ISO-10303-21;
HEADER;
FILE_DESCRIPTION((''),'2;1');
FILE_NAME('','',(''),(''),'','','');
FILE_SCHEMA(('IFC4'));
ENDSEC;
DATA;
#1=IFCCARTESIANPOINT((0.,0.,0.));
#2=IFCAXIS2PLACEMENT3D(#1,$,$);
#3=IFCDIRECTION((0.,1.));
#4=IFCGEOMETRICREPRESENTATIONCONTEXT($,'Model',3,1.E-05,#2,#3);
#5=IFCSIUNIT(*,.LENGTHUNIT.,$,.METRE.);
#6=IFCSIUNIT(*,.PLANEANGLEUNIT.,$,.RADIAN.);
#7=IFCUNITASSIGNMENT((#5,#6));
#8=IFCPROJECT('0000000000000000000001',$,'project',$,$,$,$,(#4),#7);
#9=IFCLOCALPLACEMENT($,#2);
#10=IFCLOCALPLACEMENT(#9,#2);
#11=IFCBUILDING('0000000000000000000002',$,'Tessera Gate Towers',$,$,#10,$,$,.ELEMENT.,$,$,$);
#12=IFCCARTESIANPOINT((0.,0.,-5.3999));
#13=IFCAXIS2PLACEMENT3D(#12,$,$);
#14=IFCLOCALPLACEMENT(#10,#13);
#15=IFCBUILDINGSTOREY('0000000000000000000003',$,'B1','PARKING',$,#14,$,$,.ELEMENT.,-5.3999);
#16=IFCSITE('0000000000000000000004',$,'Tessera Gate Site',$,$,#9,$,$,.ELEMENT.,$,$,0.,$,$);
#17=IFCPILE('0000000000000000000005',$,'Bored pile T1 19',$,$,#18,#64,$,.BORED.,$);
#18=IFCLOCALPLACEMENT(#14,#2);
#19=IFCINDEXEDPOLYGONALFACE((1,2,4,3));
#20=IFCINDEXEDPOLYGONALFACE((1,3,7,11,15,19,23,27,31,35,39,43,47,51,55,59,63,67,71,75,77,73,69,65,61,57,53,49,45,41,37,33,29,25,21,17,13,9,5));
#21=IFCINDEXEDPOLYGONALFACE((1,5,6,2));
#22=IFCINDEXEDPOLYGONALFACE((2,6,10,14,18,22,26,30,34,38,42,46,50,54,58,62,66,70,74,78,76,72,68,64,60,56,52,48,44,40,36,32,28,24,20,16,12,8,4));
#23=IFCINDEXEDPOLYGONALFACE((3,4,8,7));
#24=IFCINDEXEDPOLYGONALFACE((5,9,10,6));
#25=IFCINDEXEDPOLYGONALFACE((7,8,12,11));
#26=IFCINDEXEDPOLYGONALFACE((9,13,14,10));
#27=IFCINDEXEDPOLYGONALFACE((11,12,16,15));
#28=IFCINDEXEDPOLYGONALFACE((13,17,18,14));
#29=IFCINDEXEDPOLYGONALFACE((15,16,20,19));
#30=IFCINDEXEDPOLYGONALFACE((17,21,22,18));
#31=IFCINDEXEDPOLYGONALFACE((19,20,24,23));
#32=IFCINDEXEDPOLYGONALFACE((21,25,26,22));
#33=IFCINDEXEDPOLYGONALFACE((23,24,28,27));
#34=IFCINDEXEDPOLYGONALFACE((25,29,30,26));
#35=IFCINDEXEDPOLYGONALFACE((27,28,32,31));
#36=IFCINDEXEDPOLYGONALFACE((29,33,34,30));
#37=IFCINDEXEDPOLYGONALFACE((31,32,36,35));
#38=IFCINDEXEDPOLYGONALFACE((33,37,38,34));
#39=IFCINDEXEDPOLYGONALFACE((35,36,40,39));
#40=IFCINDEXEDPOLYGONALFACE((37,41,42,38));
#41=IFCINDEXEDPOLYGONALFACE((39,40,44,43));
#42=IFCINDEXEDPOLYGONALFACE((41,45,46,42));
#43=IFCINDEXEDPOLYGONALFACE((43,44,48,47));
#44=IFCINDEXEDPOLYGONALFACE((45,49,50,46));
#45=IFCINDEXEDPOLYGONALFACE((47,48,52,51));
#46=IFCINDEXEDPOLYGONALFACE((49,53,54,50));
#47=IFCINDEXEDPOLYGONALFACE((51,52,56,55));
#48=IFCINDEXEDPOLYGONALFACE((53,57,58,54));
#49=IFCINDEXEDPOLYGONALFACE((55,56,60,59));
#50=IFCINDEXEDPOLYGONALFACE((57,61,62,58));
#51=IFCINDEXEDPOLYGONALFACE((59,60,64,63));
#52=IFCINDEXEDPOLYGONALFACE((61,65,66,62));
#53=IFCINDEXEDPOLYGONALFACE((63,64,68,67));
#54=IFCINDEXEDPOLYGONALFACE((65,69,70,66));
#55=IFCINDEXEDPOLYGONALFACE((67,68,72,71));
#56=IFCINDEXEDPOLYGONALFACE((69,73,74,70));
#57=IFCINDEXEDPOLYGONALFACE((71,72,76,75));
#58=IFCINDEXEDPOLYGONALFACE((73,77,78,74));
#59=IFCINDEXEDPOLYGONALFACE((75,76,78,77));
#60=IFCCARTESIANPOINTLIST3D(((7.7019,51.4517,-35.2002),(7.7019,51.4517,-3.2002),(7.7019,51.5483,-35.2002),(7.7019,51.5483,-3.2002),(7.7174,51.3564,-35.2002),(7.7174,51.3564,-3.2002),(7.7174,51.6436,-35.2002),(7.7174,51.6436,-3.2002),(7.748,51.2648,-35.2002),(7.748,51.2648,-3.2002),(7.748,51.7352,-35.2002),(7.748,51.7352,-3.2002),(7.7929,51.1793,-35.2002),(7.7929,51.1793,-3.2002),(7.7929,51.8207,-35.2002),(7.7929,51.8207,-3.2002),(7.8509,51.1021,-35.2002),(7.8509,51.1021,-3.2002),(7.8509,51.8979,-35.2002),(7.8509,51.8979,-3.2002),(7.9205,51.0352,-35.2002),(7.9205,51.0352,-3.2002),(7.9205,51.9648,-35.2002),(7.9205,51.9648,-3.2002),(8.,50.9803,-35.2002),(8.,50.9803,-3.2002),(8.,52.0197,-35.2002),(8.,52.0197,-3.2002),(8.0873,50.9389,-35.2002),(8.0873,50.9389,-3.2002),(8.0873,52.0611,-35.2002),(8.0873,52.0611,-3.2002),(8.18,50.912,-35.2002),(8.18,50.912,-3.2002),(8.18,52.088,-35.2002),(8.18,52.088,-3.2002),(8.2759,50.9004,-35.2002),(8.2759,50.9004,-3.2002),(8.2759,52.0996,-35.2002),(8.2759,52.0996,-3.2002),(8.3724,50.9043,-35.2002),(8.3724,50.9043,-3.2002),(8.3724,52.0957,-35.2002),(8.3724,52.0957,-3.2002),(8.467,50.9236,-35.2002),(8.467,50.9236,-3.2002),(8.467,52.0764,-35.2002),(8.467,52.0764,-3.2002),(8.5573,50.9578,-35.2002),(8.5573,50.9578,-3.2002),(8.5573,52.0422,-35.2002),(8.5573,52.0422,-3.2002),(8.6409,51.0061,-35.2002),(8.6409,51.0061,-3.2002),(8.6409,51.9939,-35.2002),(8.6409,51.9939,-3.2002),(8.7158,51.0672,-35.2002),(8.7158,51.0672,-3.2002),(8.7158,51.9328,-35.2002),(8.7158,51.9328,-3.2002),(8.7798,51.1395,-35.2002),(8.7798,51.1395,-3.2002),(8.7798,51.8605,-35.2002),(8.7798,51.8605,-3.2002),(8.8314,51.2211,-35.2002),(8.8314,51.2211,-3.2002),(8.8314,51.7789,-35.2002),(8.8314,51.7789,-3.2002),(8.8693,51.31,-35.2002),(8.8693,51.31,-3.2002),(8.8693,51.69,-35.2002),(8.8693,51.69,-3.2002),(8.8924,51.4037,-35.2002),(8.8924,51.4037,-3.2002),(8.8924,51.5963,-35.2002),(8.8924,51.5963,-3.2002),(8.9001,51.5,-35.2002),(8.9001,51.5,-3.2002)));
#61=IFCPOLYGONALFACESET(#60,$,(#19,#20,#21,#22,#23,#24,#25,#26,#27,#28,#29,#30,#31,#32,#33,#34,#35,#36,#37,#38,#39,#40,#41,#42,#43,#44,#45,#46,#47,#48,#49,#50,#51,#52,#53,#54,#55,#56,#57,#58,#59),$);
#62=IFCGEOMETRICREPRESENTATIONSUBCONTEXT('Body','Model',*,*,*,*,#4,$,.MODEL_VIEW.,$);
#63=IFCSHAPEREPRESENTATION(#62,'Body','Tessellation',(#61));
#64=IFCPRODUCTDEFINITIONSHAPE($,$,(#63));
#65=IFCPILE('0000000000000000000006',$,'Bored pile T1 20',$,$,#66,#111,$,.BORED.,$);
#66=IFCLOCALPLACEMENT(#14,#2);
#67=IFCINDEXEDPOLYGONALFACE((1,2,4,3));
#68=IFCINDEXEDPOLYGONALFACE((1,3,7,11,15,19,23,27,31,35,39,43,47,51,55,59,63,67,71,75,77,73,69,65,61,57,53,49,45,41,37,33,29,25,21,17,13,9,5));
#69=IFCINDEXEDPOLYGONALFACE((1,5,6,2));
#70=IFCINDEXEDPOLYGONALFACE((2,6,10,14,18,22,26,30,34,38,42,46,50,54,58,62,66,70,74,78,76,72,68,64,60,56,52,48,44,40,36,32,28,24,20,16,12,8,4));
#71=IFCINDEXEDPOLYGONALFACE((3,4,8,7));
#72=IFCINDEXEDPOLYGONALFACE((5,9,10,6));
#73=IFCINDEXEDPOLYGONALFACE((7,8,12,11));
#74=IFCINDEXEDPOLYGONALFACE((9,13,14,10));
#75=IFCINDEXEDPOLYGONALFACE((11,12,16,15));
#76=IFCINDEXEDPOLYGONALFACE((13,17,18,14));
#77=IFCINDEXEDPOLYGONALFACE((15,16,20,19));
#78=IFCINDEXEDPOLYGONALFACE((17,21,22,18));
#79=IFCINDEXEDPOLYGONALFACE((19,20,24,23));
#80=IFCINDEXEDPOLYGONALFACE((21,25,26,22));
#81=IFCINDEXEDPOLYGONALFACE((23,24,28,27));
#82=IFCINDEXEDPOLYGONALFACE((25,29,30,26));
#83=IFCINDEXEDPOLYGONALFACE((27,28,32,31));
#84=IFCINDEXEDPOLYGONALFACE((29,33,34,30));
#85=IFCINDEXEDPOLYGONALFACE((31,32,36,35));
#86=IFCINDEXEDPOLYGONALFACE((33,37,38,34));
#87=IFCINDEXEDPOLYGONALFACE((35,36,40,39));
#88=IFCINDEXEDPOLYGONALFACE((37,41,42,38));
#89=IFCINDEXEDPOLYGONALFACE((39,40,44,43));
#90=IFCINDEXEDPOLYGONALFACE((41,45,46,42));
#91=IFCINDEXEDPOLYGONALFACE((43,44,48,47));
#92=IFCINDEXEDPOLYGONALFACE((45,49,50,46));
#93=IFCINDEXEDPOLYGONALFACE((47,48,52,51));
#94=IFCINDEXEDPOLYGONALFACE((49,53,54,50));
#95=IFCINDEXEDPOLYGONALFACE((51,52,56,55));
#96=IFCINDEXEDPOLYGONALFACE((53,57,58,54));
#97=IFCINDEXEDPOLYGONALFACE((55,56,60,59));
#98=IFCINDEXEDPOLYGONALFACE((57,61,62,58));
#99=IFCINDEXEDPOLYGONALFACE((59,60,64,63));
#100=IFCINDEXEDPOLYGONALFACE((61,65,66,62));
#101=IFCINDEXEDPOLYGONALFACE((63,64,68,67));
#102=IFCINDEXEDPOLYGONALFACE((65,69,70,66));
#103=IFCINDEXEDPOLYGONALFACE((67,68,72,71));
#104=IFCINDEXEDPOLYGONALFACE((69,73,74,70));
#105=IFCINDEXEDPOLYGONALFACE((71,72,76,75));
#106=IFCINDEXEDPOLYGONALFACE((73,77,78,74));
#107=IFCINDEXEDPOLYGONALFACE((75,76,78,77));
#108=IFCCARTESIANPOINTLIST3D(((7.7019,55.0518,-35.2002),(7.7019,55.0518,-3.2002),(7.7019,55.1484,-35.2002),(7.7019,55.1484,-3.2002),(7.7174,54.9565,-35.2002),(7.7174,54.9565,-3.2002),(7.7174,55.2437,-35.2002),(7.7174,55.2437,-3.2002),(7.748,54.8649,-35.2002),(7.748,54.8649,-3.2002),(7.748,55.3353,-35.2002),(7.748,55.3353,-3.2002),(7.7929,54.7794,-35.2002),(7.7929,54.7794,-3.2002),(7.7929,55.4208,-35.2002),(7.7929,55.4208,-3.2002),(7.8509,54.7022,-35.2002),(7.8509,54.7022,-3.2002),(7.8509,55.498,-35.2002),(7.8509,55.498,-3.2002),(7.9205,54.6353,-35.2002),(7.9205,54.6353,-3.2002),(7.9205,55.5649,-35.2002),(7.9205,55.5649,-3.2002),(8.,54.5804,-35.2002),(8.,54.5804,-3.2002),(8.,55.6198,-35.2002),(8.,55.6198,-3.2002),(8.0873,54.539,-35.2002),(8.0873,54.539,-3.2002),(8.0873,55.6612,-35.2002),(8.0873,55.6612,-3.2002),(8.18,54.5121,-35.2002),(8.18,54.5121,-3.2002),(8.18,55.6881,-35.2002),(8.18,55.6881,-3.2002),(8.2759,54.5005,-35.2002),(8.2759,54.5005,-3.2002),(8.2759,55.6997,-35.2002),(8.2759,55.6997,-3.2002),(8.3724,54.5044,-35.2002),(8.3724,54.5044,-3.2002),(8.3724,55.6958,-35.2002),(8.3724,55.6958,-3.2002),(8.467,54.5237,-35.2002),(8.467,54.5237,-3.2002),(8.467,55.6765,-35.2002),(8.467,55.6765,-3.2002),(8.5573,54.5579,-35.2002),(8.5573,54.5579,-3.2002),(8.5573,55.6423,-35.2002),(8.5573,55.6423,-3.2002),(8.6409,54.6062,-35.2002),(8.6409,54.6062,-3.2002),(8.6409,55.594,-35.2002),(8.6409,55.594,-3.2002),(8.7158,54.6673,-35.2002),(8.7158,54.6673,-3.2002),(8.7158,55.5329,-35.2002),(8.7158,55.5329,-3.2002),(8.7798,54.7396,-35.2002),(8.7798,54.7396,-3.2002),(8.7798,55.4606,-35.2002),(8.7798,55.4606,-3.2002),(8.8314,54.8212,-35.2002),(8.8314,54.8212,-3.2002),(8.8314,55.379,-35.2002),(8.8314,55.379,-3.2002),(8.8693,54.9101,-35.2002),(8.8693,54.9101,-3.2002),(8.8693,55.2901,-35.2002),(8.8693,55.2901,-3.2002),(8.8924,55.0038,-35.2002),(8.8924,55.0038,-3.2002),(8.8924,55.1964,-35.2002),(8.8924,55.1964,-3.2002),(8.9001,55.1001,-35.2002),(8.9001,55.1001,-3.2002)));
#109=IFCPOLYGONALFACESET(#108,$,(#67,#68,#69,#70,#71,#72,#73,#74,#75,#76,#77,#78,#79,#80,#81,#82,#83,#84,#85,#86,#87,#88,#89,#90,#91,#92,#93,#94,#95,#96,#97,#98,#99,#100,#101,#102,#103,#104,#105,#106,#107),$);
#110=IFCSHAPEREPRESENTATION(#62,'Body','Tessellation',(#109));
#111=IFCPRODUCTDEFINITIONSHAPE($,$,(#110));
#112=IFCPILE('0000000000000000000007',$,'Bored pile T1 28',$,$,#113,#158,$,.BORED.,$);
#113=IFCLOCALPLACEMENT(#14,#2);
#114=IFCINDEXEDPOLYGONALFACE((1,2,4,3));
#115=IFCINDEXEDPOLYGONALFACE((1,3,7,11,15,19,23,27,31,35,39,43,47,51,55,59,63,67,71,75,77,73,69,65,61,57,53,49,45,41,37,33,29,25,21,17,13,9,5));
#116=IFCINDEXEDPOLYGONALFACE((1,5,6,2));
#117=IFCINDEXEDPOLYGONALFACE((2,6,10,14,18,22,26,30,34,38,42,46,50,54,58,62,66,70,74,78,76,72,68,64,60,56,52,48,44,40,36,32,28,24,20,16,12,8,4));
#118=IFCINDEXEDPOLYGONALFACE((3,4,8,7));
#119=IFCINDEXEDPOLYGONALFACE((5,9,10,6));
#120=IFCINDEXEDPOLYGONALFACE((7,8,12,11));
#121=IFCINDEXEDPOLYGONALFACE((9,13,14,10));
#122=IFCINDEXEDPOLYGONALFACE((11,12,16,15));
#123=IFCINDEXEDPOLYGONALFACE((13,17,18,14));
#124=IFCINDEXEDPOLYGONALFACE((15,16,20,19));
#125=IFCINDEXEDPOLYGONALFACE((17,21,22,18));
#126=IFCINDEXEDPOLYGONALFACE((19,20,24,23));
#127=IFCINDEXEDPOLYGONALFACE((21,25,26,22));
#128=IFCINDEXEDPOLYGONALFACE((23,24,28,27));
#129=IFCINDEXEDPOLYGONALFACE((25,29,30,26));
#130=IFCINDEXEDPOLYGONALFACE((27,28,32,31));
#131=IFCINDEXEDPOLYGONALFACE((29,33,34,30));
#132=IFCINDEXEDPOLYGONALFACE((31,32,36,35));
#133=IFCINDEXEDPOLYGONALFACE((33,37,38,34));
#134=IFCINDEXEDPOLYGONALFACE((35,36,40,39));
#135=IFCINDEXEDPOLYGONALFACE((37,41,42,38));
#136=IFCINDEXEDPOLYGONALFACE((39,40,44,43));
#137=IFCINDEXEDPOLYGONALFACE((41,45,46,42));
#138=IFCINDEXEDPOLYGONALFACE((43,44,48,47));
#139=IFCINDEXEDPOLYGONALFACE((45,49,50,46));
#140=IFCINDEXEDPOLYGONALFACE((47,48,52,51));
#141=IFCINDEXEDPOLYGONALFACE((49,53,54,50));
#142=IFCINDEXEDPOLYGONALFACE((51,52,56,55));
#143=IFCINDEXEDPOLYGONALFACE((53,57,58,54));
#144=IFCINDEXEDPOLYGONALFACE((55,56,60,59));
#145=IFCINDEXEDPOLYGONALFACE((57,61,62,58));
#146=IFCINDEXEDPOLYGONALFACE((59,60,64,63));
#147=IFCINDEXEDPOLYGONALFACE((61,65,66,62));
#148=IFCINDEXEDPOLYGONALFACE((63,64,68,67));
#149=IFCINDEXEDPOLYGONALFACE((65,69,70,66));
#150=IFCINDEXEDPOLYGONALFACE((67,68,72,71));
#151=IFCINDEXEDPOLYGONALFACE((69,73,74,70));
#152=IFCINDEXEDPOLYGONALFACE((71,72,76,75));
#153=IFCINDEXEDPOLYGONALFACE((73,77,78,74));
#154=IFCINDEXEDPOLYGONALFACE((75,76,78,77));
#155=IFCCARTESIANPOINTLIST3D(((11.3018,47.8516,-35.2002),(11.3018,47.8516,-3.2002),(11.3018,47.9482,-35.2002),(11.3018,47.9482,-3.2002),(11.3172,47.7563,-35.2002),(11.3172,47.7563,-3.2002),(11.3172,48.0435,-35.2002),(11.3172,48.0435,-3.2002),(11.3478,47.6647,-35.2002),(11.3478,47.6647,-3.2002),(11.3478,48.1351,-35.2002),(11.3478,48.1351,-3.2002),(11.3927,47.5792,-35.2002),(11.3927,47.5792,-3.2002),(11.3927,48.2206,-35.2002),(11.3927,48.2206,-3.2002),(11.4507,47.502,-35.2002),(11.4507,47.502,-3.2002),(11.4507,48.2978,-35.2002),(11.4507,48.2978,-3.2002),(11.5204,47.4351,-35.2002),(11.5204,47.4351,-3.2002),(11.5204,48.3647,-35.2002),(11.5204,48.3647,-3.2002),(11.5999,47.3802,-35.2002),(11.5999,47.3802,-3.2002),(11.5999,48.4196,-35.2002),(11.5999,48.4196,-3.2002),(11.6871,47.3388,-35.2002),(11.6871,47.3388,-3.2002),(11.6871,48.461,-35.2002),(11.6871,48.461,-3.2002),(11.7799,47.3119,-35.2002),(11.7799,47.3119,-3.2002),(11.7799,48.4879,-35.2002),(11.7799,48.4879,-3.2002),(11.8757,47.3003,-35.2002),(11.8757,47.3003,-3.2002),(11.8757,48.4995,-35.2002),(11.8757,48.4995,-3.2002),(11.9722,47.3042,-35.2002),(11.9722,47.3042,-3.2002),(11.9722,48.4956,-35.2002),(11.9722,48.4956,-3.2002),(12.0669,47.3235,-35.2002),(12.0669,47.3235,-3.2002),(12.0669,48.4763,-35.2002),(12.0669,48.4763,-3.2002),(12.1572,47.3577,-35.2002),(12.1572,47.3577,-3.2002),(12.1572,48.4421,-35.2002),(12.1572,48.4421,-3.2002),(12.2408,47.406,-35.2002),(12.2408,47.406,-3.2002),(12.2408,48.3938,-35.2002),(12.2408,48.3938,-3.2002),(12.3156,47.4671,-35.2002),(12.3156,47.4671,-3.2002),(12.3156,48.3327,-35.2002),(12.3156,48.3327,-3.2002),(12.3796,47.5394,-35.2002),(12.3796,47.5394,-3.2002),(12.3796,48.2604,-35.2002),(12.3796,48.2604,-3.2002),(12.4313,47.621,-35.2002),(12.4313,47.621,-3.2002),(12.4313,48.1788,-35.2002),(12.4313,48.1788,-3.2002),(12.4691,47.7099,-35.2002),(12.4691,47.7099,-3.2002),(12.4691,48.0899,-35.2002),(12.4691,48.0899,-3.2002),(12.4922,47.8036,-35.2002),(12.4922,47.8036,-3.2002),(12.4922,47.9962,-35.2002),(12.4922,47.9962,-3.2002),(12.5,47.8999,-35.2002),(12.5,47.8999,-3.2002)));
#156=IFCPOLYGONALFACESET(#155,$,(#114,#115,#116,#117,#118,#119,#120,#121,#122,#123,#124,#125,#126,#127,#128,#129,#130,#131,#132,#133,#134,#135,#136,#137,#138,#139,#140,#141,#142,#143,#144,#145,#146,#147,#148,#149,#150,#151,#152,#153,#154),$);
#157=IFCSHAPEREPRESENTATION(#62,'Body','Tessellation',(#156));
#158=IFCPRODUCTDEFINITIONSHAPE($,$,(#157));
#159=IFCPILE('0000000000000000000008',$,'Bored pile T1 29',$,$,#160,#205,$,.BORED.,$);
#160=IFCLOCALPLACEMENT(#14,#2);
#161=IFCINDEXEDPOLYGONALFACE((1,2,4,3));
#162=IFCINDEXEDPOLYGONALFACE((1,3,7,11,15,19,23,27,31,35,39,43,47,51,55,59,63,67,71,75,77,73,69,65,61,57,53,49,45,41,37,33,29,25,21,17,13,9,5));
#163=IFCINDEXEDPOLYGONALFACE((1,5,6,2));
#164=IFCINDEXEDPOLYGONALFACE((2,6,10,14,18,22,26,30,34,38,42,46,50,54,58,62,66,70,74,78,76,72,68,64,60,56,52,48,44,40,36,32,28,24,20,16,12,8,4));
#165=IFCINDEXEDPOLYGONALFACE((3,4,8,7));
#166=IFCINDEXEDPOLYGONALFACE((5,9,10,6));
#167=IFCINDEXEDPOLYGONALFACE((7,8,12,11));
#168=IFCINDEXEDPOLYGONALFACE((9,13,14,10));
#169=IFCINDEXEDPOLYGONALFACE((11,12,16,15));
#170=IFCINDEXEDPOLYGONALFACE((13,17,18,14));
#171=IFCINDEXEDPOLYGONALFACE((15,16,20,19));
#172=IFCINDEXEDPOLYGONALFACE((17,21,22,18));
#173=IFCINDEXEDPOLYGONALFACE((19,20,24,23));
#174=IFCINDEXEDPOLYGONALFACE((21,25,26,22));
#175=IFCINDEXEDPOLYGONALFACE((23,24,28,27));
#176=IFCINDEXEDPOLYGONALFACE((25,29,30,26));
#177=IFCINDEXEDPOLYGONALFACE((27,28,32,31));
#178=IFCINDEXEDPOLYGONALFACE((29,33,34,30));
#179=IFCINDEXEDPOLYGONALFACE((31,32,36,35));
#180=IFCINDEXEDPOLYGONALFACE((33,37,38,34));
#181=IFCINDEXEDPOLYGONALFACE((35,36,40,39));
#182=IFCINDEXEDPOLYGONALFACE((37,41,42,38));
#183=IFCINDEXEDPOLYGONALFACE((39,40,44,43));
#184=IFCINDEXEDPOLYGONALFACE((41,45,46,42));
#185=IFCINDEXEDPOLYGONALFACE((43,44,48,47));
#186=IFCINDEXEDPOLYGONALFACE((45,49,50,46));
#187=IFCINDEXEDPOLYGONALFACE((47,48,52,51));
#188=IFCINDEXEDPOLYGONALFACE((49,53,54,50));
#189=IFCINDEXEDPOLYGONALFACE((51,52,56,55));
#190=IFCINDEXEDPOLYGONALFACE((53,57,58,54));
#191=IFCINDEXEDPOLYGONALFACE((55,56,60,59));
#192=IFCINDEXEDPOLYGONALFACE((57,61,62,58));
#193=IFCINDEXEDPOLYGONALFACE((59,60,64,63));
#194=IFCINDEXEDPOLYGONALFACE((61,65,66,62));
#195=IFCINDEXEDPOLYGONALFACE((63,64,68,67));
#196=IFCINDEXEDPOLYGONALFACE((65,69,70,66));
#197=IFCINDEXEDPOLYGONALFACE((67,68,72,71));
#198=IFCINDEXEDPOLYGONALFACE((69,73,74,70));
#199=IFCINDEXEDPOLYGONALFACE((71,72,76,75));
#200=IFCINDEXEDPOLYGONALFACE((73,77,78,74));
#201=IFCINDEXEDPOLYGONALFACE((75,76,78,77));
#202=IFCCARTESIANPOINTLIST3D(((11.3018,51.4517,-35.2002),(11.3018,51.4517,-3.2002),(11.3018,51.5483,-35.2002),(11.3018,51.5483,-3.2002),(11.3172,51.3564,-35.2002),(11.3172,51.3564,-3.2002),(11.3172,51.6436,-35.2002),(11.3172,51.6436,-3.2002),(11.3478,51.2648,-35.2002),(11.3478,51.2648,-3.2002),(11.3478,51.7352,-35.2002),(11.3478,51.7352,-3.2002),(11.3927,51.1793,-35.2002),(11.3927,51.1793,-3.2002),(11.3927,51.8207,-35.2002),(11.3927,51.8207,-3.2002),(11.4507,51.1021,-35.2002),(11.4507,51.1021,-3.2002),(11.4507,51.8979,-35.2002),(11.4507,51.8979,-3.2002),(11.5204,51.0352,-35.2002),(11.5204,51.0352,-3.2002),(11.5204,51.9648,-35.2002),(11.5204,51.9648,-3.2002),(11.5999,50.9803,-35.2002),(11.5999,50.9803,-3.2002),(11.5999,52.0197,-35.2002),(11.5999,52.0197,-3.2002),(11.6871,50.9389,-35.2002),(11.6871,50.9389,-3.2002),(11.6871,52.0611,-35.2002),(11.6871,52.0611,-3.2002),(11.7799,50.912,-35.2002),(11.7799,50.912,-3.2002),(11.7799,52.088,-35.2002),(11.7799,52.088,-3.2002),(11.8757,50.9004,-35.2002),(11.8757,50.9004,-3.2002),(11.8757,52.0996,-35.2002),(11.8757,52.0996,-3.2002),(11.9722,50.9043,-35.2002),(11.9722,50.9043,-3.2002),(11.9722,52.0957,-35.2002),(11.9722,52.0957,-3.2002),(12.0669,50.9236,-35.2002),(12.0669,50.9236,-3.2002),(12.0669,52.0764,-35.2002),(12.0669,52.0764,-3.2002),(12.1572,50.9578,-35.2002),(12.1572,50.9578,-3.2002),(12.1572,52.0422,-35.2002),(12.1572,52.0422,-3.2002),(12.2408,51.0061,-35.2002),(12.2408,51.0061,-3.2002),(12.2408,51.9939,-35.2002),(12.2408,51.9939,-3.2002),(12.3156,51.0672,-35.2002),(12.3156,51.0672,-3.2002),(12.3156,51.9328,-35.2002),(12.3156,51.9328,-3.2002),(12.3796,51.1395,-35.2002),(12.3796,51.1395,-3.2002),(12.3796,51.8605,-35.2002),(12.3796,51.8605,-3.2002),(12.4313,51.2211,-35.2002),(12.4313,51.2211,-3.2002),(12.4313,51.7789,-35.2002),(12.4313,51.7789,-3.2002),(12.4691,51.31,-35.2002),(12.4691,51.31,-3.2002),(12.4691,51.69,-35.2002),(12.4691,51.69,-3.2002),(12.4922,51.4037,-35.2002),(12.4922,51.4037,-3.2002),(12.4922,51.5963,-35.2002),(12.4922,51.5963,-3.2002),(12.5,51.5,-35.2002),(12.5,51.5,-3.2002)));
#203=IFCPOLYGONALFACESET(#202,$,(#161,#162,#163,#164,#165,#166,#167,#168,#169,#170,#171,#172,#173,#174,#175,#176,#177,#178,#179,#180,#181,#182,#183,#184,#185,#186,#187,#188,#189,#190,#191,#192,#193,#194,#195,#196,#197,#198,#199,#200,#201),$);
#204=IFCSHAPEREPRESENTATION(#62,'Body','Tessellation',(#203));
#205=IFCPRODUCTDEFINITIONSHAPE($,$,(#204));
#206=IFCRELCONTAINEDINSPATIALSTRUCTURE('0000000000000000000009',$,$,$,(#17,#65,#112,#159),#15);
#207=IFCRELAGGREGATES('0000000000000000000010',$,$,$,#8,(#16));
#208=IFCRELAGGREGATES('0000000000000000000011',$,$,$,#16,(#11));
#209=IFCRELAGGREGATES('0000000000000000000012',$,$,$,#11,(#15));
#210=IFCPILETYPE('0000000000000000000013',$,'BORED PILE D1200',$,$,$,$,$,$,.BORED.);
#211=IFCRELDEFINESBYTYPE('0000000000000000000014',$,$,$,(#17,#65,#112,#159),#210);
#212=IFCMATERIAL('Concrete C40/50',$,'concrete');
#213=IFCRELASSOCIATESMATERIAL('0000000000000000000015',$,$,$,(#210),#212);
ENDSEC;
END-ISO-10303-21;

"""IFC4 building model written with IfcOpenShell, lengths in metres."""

from ifc_helpers import new_model, si_unit, direction, frame, origin, origin_2d, place, context, subcontext, project, spatial, circle, extrude, material, material_profile, profile_set, type_object, element, save


model = new_model("IFC4")

# Units and contexts
model_context = context("Model", 3, precision=1e-05, world=origin(), true_north=direction((0.0, 1.0)))
body_context = subcontext(model_context, "Body", "Model", "MODEL_VIEW")
ifc_project = project(units=[si_unit("LENGTHUNIT", "METRE"), si_unit("PLANEANGLEUNIT", "RADIAN")], contexts=[model_context])

# Site, building, storey
site_placement = place(None, origin())
site = spatial("IfcSite", under=ifc_project, at=site_placement, Name="Tessera Gate Site", CompositionType="ELEMENT", RefElevation=0.0)
building_placement = place(site_placement, origin())
building = spatial("IfcBuilding", under=site, at=building_placement, Name="Tessera Gate Towers", CompositionType="ELEMENT")
storey_placement = place(building_placement, frame((0.0, 0.0, -5.3999)))
storey = spatial("IfcBuildingStorey", under=building, at=storey_placement, Name="B1", Description="PARKING", CompositionType="ELEMENT", Elevation=-5.3999)

# Piles
ifc_material_1 = material(Name="Concrete C40/50", Category="concrete")
ifc_material_profile_1 = material_profile(ifc_material_1, circle(Radius=0.6001, at=origin_2d()), Name="BORED PILE D1200")
ifc_profile_set_1 = profile_set([ifc_material_profile_1], Name="Concrete C40/50")
pile_type = type_object("IfcPileType", Name="BORED PILE D1200", PredefinedType="BORED", material=ifc_profile_set_1)
for number, where, z_axis, x_axis, name in (
    (1, (8.3, 51.5, -3.2002), (0.0, 0.0, -1.0), (1.0, 0.0, 0.0), "Bored pile T1 19"),
    (2, (8.3, 55.1001, -3.2002), (0.0, 0.0, -1.0), (1.0, 0.0, 0.0), "Bored pile T1 20"),
    (3, (11.8999, 47.8999, -3.2002), (0.0, 0.0, -1.0), (1.0, 0.0, 0.0), "Bored pile T1 28"),
    (4, (11.8999, 51.5, -3.2002), (0.0, 0.0, -1.0), (1.0, 0.0, 0.0), "Bored pile T1 29"),
):
    element("IfcPile", number, at=place(storey_placement, frame(where, z_axis=z_axis, x_axis=x_axis)), inside=storey, type_object=pile_type, Name=name, PredefinedType="BORED", context=body_context, shape_type="SweptSolid", body=[
        extrude(circle(Radius=0.6001, at=origin_2d()), origin(), (0.0, 0.0, 1.0), 32.0),
    ])

save(model, "model.ifc")
